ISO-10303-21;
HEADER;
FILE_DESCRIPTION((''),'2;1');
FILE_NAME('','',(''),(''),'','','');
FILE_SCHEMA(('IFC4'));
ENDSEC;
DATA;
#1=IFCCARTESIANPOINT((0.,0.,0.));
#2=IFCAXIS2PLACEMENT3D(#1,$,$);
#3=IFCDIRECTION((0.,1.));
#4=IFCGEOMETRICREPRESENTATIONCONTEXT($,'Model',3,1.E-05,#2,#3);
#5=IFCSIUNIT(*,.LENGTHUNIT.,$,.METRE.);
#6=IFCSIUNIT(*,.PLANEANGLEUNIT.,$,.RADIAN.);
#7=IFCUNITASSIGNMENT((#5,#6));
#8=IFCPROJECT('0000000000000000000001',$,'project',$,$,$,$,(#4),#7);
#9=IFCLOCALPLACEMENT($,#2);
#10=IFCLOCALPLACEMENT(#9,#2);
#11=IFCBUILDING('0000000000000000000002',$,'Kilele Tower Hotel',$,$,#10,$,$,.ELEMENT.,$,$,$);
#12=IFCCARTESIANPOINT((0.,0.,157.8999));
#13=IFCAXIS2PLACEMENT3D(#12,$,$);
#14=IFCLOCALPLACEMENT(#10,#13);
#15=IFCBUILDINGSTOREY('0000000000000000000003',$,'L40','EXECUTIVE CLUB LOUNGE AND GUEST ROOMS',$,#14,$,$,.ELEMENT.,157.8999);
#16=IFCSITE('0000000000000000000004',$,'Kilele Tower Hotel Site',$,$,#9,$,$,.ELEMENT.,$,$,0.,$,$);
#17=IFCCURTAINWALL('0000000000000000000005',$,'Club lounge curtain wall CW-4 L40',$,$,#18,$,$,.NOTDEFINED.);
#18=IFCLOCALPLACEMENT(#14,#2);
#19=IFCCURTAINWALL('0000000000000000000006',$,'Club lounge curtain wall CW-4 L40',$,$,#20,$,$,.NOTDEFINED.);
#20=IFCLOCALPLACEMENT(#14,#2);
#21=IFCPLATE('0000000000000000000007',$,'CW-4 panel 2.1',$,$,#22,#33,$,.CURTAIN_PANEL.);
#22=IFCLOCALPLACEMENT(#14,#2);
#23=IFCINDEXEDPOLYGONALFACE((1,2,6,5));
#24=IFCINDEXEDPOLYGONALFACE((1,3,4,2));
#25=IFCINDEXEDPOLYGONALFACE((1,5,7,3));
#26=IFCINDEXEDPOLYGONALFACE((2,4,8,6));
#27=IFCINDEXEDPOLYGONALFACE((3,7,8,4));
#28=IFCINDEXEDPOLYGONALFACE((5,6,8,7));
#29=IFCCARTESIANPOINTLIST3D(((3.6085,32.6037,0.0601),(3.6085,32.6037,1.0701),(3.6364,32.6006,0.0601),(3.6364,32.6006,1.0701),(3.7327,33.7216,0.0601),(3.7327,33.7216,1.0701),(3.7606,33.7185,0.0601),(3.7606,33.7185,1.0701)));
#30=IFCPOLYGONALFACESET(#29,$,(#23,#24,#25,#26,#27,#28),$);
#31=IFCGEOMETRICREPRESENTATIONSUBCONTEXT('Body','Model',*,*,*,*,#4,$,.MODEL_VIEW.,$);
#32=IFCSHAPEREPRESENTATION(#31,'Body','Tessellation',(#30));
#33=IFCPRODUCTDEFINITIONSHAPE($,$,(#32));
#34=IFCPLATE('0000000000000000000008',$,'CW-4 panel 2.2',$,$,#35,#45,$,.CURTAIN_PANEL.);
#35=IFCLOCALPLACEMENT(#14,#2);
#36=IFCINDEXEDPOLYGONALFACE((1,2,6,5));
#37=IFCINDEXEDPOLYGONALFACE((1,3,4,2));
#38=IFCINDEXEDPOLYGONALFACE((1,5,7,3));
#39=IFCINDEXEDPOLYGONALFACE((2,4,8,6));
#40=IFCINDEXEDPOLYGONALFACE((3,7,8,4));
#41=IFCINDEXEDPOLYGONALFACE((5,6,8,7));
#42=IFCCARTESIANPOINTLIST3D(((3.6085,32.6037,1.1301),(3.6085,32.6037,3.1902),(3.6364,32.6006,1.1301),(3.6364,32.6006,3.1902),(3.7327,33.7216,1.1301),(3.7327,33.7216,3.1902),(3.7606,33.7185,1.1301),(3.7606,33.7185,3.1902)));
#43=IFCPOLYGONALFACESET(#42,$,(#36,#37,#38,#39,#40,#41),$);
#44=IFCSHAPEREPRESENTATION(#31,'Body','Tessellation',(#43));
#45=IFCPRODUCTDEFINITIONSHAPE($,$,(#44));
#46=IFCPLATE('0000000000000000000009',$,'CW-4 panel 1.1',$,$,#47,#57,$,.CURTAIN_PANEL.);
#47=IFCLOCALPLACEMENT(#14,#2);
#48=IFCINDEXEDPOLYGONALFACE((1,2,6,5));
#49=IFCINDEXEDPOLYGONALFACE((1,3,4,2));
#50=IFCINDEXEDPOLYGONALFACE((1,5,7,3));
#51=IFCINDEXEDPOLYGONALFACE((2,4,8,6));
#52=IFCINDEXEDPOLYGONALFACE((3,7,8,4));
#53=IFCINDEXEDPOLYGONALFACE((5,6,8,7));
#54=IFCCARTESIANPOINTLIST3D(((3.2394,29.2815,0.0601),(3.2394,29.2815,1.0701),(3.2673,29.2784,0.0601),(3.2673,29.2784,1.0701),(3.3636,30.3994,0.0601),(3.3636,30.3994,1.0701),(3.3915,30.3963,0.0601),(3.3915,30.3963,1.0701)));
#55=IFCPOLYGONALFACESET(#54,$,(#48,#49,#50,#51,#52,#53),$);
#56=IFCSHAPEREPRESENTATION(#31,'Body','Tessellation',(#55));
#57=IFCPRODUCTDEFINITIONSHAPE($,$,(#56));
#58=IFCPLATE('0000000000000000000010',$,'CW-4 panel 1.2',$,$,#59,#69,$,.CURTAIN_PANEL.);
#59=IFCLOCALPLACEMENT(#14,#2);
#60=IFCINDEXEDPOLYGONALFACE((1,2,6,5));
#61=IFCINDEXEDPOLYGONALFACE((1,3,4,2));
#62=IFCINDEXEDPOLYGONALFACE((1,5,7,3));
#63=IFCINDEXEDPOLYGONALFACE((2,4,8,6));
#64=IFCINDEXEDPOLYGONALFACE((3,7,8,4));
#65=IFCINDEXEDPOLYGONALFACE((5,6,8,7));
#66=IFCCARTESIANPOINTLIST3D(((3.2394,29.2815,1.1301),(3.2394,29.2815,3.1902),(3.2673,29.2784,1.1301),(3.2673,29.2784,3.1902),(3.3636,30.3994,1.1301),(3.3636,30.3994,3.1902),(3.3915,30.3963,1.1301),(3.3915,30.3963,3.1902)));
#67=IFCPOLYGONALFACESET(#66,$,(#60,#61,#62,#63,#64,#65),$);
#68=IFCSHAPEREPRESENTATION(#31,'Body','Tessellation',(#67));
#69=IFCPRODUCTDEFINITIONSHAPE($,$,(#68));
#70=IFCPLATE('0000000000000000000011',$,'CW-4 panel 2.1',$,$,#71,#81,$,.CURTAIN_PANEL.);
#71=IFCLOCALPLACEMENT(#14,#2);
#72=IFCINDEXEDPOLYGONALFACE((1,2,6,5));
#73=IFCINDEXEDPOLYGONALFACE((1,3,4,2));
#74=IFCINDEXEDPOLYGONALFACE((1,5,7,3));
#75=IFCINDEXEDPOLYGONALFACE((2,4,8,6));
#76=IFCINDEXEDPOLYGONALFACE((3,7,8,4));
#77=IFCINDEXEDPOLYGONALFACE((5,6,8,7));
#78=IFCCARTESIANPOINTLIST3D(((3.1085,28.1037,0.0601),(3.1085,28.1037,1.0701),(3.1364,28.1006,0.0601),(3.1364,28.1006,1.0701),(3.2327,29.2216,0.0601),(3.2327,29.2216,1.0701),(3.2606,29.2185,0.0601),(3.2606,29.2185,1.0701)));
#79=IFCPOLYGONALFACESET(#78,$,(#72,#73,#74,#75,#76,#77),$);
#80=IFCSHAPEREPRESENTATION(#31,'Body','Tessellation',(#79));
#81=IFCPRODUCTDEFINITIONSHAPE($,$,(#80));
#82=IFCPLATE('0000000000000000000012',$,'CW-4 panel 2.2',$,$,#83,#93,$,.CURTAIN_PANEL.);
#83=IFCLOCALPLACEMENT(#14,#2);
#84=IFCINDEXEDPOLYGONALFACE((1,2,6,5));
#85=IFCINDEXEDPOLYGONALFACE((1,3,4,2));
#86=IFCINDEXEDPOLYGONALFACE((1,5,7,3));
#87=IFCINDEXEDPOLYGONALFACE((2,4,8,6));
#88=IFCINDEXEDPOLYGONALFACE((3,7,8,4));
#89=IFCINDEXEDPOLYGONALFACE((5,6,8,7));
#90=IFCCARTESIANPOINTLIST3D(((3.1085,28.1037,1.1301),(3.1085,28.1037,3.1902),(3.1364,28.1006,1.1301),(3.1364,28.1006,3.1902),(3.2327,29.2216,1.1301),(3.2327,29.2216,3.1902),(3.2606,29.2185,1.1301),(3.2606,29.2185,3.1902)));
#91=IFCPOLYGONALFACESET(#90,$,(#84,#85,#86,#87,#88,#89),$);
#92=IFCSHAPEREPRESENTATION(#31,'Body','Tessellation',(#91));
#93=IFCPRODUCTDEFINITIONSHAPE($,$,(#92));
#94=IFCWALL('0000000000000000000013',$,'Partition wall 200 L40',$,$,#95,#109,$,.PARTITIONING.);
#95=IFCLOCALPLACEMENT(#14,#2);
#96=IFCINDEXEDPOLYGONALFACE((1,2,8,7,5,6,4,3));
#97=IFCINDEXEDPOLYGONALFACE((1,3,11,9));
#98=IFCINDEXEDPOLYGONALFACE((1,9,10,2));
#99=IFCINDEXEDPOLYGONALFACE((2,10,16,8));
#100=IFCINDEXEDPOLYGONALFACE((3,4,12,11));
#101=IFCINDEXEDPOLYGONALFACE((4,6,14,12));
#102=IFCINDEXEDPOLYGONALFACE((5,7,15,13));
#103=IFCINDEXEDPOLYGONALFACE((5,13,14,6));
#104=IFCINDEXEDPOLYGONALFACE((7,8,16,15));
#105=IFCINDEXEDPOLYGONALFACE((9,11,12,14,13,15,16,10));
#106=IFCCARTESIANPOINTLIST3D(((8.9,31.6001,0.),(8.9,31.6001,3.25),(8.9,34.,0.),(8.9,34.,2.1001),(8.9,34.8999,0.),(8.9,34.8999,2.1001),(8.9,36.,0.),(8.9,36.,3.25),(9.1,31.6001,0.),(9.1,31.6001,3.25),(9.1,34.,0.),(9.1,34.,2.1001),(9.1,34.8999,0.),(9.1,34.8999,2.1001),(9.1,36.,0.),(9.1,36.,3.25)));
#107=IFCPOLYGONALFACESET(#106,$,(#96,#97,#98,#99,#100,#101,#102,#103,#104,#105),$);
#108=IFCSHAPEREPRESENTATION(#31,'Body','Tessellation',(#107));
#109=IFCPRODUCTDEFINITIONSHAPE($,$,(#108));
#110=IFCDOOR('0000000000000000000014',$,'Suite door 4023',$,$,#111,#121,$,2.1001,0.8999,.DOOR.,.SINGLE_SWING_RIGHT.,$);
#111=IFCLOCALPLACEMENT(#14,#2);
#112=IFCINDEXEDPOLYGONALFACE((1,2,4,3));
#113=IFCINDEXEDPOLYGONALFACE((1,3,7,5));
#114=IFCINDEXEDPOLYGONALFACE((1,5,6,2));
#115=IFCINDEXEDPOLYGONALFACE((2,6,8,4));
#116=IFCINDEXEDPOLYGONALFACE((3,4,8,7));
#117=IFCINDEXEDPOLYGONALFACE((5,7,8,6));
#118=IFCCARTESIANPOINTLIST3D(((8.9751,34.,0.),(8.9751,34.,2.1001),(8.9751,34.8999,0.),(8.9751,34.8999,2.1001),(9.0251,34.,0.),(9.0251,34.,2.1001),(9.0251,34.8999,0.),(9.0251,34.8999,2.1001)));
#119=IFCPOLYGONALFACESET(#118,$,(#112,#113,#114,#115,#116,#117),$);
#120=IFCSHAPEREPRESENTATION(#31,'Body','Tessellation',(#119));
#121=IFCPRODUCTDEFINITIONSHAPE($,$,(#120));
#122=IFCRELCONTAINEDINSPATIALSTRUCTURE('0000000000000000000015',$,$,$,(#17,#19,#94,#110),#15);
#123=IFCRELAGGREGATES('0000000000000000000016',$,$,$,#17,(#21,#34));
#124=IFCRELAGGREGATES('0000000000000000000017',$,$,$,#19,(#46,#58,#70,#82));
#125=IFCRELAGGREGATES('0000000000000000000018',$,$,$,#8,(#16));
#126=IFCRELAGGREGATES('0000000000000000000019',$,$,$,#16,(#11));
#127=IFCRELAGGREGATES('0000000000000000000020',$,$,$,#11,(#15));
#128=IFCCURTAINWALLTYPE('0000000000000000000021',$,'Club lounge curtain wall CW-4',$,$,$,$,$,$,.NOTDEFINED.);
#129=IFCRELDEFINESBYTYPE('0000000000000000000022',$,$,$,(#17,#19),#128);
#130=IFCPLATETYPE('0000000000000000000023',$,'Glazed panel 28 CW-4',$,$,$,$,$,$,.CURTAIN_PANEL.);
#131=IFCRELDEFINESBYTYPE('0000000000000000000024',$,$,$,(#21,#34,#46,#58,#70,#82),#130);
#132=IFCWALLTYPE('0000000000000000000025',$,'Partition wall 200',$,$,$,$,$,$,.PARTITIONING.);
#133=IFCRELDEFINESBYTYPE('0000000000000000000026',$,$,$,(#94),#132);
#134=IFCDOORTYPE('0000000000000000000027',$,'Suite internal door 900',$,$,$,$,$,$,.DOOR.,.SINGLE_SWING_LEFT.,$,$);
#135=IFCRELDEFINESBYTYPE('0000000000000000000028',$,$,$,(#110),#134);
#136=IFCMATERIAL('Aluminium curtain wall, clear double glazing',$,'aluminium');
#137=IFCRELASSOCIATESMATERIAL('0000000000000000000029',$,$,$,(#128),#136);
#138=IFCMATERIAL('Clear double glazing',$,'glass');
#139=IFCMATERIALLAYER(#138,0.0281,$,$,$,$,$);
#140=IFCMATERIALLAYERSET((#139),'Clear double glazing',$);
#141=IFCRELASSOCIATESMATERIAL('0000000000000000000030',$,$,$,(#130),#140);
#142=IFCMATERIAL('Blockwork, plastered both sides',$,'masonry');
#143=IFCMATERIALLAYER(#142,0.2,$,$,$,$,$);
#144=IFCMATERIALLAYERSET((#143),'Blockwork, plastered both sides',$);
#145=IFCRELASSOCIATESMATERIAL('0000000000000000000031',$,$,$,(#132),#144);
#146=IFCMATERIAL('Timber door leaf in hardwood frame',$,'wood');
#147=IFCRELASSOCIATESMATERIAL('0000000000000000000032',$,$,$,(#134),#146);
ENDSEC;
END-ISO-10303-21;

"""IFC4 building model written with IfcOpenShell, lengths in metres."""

from ifc_helpers import new_model, si_unit, direction, frame, frame_2d, origin, origin_2d, place, context, subcontext, project, spatial, rectangle, extrude, material, layer, layer_set, type_object, element, fill, aggregate, save


model = new_model("IFC4")

# Units and contexts
model_context = context("Model", 3, precision=1e-05, world=origin(), true_north=direction((0.0, 1.0)))
body_context = subcontext(model_context, "Body", "Model", "MODEL_VIEW")
ifc_project = project(units=[si_unit("LENGTHUNIT", "METRE"), si_unit("PLANEANGLEUNIT", "RADIAN")], contexts=[model_context])

# Site, building, storey
site_placement = place(None, origin())
site = spatial("IfcSite", under=ifc_project, at=site_placement, Name="Kilele Tower Hotel Site", CompositionType="ELEMENT", RefElevation=0.0)
building_placement = place(site_placement, origin())
building = spatial("IfcBuilding", under=site, at=building_placement, Name="Kilele Tower Hotel", CompositionType="ELEMENT")
storey_placement = place(building_placement, frame((0.0, 0.0, 157.8999)))
storey = spatial("IfcBuildingStorey", under=building, at=storey_placement, Name="L40", Description="EXECUTIVE CLUB LOUNGE AND GUEST ROOMS", CompositionType="ELEMENT", Elevation=157.8999)

# Curtain wall
ifc_material_1 = material(Name="Aluminium curtain wall, clear double glazing", Category="aluminium")
curtain_wall_type = type_object("IfcCurtainWallType", Name="Club lounge curtain wall CW-4", PredefinedType="NOTDEFINED", material=ifc_material_1)
curtain_wall_1_placement = place(storey_placement, origin())
curtain_wall_1 = element("IfcCurtainWall", 1, at=curtain_wall_1_placement, inside=storey, type_object=curtain_wall_type, Name="Club lounge curtain wall CW-4 L40", PredefinedType="NOTDEFINED")

# Curtain wall
curtain_wall_2_placement = place(storey_placement, origin())
curtain_wall_2 = element("IfcCurtainWall", 2, at=curtain_wall_2_placement, inside=storey, type_object=curtain_wall_type, Name="Club lounge curtain wall CW-4 L40", PredefinedType="NOTDEFINED")

# Plates
ifc_material_2 = material(Name="Clear double glazing", Category="glass")
ifc_layer_1 = layer(ifc_material_2, 0.0281)
ifc_layer_set_1 = layer_set([ifc_layer_1], Name="Clear double glazing")
plate_type = type_object("IfcPlateType", Name="Glazed panel 28 CW-4", PredefinedType="CURTAIN_PANEL", material=ifc_layer_set_1)
plate_1_placement = place(storey_placement, frame((3.6846, 33.1611, 0.0601), z_axis=(0.0, 0.0, 1.0), x_axis=(-0.110432, -0.993884, 0.0)))
plate_1 = element("IfcPlate", 3, at=plate_1_placement, type_object=plate_type, Name="CW-4 panel 2.1", PredefinedType="CURTAIN_PANEL", context=body_context, shape_type="SweptSolid", body=[
    extrude(rectangle(XDim=1.1248, YDim=0.0281, at=origin_2d()), origin(), (0.0, 0.0, 1.0), 1.01),
])
plate_2_placement = place(storey_placement, frame((3.6846, 33.1611, 1.1301), z_axis=(0.0, 0.0, 1.0), x_axis=(-0.110432, -0.993884, 0.0)))
plate_2 = element("IfcPlate", 4, at=plate_2_placement, type_object=plate_type, Name="CW-4 panel 2.2", PredefinedType="CURTAIN_PANEL", context=body_context, shape_type="SweptSolid", body=[
    extrude(rectangle(XDim=1.1248, YDim=0.0281, at=origin_2d()), origin(), (0.0, 0.0, 1.0), 2.0601),
])
aggregate(curtain_wall_1, [plate_1, plate_2])
plate_3_placement = place(storey_placement, frame((3.3154, 29.8389, 0.0601), z_axis=(0.0, 0.0, 1.0), x_axis=(-0.110432, -0.993884, 0.0)))
plate_3 = element("IfcPlate", 5, at=plate_3_placement, type_object=plate_type, Name="CW-4 panel 1.1", PredefinedType="CURTAIN_PANEL", context=body_context, shape_type="SweptSolid", body=[
    extrude(rectangle(XDim=1.1248, YDim=0.0281, at=origin_2d()), origin(), (0.0, 0.0, 1.0), 1.01),
])
plate_4_placement = place(storey_placement, frame((3.3154, 29.8389, 1.1301), z_axis=(0.0, 0.0, 1.0), x_axis=(-0.110432, -0.993884, 0.0)))
plate_4 = element("IfcPlate", 6, at=plate_4_placement, type_object=plate_type, Name="CW-4 panel 1.2", PredefinedType="CURTAIN_PANEL", context=body_context, shape_type="SweptSolid", body=[
    extrude(rectangle(XDim=1.1248, YDim=0.0281, at=origin_2d()), origin(), (0.0, 0.0, 1.0), 2.0601),
])
plate_5_placement = place(storey_placement, frame((3.1846, 28.6611, 0.0601), z_axis=(0.0, 0.0, 1.0), x_axis=(-0.110432, -0.993884, 0.0)))
plate_5 = element("IfcPlate", 7, at=plate_5_placement, type_object=plate_type, Name="CW-4 panel 2.1", PredefinedType="CURTAIN_PANEL", context=body_context, shape_type="SweptSolid", body=[
    extrude(rectangle(XDim=1.1248, YDim=0.0281, at=origin_2d()), origin(), (0.0, 0.0, 1.0), 1.01),
])
plate_6_placement = place(storey_placement, frame((3.1846, 28.6611, 1.1301), z_axis=(0.0, 0.0, 1.0), x_axis=(-0.110432, -0.993884, 0.0)))
plate_6 = element("IfcPlate", 8, at=plate_6_placement, type_object=plate_type, Name="CW-4 panel 2.2", PredefinedType="CURTAIN_PANEL", context=body_context, shape_type="SweptSolid", body=[
    extrude(rectangle(XDim=1.1248, YDim=0.0281, at=origin_2d()), origin(), (0.0, 0.0, 1.0), 2.0601),
])
aggregate(curtain_wall_2, [plate_3, plate_4, plate_5, plate_6])

# Wall, opening, door
ifc_material_3 = material(Name="Blockwork, plastered both sides", Category="masonry")
ifc_layer_2 = layer(ifc_material_3, 0.2)
ifc_layer_set_2 = layer_set([ifc_layer_2], Name="Blockwork, plastered both sides")
wall_type = type_object("IfcWallType", Name="Partition wall 200", PredefinedType="PARTITIONING", material=ifc_layer_set_2)
wall_placement = place(storey_placement, frame((9.0, 31.6001, 0.0), z_axis=(0.0, 0.0, 1.0), x_axis=(0.0, 1.0, 0.0)))
wall = element("IfcWall", 9, at=wall_placement, inside=storey, type_object=wall_type, Name="Partition wall 200 L40", PredefinedType="PARTITIONING", context=body_context, shape_type="SweptSolid", body=[
    extrude(rectangle(XDim=4.3999, YDim=0.2, at=frame_2d((2.2, 0.0))), origin(), (0.0, 0.0, 1.0), 3.25),
])
opening_placement = place(wall_placement, frame((2.3999, 0.0, 0.0)))
opening = element("IfcOpeningElement", 10, at=opening_placement, cuts=wall, PredefinedType="OPENING", context=body_context, shape_type="SweptSolid", body=[
    extrude(rectangle(XDim=0.8999, YDim=2.1001, at=frame_2d((0.45, 1.05))), frame((0.0, 0.1099, 0.0), z_axis=(0.0, -1.0, 0.0), x_axis=(1.0, 0.0, 0.0)), (0.0, 0.0, 1.0), 0.22),
])
ifc_material_4 = material(Name="Timber door leaf in hardwood frame", Category="wood")
door_type = type_object("IfcDoorType", Name="Suite internal door 900", OperationType="SINGLE_SWING_LEFT", PredefinedType="DOOR", material=ifc_material_4)
door_placement = place(opening_placement, origin())
door = element("IfcDoor", 11, at=door_placement, inside=storey, type_object=door_type, Name="Suite door 4023", OperationType="SINGLE_SWING_RIGHT", OverallHeight=2.1001, OverallWidth=0.8999, PredefinedType="DOOR", context=body_context, shape_type="SweptSolid", body=[
    extrude(rectangle(XDim=0.8999, YDim=2.1001, at=frame_2d((0.45, 1.05))), frame((0.0, 0.0249, 0.0), z_axis=(0.0, -1.0, 0.0), x_axis=(1.0, 0.0, 0.0)), (0.0, 0.0, 1.0), 0.05),
])
fill(opening, door)

save(model, "model.ifc")
